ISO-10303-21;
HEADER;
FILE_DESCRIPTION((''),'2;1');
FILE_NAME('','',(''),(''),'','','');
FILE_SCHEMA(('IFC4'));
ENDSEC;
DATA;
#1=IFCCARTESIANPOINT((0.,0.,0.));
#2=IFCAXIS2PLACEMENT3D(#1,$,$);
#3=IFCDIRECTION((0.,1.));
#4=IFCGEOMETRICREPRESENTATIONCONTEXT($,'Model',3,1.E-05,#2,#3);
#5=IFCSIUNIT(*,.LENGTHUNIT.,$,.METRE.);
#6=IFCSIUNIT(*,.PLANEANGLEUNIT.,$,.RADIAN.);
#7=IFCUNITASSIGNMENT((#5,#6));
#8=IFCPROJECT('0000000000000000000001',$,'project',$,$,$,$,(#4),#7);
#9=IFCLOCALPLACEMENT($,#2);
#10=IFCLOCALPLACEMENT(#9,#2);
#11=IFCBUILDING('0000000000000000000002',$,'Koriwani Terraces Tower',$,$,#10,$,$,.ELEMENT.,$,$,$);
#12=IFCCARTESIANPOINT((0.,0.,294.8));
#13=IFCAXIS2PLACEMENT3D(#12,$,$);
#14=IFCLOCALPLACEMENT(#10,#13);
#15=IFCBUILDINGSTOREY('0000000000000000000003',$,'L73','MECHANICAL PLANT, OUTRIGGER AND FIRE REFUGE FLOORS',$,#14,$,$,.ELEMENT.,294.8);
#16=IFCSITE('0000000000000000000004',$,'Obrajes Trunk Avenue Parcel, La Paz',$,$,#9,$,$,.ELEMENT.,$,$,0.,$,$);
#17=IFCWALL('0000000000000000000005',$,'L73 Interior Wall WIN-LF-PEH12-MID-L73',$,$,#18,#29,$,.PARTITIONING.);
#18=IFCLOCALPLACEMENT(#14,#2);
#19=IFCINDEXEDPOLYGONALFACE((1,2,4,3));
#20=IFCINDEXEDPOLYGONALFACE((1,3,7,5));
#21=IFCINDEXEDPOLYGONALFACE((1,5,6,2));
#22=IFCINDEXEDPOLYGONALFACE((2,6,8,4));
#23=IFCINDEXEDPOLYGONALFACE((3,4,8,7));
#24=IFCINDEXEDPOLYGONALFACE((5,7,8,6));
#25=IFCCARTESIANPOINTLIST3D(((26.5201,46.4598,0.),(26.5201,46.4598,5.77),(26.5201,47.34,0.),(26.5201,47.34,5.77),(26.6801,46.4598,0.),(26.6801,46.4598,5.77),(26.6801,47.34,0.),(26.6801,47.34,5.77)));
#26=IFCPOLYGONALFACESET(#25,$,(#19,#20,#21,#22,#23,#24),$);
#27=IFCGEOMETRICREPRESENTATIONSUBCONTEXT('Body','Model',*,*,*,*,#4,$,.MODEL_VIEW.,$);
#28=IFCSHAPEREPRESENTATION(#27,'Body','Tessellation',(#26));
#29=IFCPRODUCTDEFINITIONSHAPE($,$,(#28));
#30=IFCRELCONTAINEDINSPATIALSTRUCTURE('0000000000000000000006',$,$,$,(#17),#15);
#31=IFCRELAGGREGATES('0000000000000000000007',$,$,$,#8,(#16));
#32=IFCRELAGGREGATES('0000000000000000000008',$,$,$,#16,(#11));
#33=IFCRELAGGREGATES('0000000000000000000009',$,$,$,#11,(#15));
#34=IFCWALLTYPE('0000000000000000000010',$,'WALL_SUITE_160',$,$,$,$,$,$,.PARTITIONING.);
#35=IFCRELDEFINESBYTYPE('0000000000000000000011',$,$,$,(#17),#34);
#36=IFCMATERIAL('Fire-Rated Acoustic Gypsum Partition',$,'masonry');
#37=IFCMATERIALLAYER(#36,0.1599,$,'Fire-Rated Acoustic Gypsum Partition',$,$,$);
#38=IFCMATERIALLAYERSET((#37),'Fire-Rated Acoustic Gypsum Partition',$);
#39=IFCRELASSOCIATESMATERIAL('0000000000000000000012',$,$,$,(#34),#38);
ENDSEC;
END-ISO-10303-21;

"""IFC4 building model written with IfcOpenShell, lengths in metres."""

from ifc_helpers import new_model, si_unit, direction, frame, frame_2d, origin, place, context, subcontext, project, spatial, rectangle, extrude, material, layer, layer_set, type_object, element, save


model = new_model("IFC4")

# Units and contexts
model_context = context("Model", 3, precision=1e-05, world=origin(), true_north=direction((0.0, 1.0)))
body_context = subcontext(model_context, "Body", "Model", "MODEL_VIEW")
ifc_project = project(units=[si_unit("LENGTHUNIT", "METRE"), si_unit("PLANEANGLEUNIT", "RADIAN")], contexts=[model_context])

# Site, building, storey
site_placement = place(None, origin())
site = spatial("IfcSite", under=ifc_project, at=site_placement, Name="Obrajes Trunk Avenue Parcel, La Paz", CompositionType="ELEMENT", RefElevation=0.0)
building_placement = place(site_placement, origin())
building = spatial("IfcBuilding", under=site, at=building_placement, Name="Koriwani Terraces Tower", CompositionType="ELEMENT")
storey_placement = place(building_placement, frame((0.0, 0.0, 294.8)))
storey = spatial("IfcBuildingStorey", under=building, at=storey_placement, Name="L73", Description="MECHANICAL PLANT, OUTRIGGER AND FIRE REFUGE FLOORS", CompositionType="ELEMENT", Elevation=294.8)

# Wall
ifc_material_1 = material(Name="Fire-Rated Acoustic Gypsum Partition", Category="masonry")
ifc_layer_1 = layer(ifc_material_1, 0.1599, Name="Fire-Rated Acoustic Gypsum Partition")
ifc_layer_set_1 = layer_set([ifc_layer_1], Name="Fire-Rated Acoustic Gypsum Partition")
wall_type_1 = type_object("IfcWallType", Name="WALL_SUITE_160", PredefinedType="PARTITIONING", material=ifc_layer_set_1)
wall_1_placement = place(storey_placement, frame((26.6001, 46.46, 0.0), z_axis=(0.0, 0.0, 1.0), x_axis=(0.0, 1.0, 0.0)))
element("IfcWall", 1, at=wall_1_placement, inside=storey, type_object=wall_type_1, Name="L73 Interior Wall WIN-LF-PEH12-MID-L73", PredefinedType="PARTITIONING", context=body_context, shape_type="SweptSolid", body=[
    extrude(rectangle(XDim=0.8801, YDim=0.1599, at=frame_2d((0.4399, 0.0))), origin(), (0.0, 0.0, 1.0), 5.77),
])

save(model, "model.ifc")
